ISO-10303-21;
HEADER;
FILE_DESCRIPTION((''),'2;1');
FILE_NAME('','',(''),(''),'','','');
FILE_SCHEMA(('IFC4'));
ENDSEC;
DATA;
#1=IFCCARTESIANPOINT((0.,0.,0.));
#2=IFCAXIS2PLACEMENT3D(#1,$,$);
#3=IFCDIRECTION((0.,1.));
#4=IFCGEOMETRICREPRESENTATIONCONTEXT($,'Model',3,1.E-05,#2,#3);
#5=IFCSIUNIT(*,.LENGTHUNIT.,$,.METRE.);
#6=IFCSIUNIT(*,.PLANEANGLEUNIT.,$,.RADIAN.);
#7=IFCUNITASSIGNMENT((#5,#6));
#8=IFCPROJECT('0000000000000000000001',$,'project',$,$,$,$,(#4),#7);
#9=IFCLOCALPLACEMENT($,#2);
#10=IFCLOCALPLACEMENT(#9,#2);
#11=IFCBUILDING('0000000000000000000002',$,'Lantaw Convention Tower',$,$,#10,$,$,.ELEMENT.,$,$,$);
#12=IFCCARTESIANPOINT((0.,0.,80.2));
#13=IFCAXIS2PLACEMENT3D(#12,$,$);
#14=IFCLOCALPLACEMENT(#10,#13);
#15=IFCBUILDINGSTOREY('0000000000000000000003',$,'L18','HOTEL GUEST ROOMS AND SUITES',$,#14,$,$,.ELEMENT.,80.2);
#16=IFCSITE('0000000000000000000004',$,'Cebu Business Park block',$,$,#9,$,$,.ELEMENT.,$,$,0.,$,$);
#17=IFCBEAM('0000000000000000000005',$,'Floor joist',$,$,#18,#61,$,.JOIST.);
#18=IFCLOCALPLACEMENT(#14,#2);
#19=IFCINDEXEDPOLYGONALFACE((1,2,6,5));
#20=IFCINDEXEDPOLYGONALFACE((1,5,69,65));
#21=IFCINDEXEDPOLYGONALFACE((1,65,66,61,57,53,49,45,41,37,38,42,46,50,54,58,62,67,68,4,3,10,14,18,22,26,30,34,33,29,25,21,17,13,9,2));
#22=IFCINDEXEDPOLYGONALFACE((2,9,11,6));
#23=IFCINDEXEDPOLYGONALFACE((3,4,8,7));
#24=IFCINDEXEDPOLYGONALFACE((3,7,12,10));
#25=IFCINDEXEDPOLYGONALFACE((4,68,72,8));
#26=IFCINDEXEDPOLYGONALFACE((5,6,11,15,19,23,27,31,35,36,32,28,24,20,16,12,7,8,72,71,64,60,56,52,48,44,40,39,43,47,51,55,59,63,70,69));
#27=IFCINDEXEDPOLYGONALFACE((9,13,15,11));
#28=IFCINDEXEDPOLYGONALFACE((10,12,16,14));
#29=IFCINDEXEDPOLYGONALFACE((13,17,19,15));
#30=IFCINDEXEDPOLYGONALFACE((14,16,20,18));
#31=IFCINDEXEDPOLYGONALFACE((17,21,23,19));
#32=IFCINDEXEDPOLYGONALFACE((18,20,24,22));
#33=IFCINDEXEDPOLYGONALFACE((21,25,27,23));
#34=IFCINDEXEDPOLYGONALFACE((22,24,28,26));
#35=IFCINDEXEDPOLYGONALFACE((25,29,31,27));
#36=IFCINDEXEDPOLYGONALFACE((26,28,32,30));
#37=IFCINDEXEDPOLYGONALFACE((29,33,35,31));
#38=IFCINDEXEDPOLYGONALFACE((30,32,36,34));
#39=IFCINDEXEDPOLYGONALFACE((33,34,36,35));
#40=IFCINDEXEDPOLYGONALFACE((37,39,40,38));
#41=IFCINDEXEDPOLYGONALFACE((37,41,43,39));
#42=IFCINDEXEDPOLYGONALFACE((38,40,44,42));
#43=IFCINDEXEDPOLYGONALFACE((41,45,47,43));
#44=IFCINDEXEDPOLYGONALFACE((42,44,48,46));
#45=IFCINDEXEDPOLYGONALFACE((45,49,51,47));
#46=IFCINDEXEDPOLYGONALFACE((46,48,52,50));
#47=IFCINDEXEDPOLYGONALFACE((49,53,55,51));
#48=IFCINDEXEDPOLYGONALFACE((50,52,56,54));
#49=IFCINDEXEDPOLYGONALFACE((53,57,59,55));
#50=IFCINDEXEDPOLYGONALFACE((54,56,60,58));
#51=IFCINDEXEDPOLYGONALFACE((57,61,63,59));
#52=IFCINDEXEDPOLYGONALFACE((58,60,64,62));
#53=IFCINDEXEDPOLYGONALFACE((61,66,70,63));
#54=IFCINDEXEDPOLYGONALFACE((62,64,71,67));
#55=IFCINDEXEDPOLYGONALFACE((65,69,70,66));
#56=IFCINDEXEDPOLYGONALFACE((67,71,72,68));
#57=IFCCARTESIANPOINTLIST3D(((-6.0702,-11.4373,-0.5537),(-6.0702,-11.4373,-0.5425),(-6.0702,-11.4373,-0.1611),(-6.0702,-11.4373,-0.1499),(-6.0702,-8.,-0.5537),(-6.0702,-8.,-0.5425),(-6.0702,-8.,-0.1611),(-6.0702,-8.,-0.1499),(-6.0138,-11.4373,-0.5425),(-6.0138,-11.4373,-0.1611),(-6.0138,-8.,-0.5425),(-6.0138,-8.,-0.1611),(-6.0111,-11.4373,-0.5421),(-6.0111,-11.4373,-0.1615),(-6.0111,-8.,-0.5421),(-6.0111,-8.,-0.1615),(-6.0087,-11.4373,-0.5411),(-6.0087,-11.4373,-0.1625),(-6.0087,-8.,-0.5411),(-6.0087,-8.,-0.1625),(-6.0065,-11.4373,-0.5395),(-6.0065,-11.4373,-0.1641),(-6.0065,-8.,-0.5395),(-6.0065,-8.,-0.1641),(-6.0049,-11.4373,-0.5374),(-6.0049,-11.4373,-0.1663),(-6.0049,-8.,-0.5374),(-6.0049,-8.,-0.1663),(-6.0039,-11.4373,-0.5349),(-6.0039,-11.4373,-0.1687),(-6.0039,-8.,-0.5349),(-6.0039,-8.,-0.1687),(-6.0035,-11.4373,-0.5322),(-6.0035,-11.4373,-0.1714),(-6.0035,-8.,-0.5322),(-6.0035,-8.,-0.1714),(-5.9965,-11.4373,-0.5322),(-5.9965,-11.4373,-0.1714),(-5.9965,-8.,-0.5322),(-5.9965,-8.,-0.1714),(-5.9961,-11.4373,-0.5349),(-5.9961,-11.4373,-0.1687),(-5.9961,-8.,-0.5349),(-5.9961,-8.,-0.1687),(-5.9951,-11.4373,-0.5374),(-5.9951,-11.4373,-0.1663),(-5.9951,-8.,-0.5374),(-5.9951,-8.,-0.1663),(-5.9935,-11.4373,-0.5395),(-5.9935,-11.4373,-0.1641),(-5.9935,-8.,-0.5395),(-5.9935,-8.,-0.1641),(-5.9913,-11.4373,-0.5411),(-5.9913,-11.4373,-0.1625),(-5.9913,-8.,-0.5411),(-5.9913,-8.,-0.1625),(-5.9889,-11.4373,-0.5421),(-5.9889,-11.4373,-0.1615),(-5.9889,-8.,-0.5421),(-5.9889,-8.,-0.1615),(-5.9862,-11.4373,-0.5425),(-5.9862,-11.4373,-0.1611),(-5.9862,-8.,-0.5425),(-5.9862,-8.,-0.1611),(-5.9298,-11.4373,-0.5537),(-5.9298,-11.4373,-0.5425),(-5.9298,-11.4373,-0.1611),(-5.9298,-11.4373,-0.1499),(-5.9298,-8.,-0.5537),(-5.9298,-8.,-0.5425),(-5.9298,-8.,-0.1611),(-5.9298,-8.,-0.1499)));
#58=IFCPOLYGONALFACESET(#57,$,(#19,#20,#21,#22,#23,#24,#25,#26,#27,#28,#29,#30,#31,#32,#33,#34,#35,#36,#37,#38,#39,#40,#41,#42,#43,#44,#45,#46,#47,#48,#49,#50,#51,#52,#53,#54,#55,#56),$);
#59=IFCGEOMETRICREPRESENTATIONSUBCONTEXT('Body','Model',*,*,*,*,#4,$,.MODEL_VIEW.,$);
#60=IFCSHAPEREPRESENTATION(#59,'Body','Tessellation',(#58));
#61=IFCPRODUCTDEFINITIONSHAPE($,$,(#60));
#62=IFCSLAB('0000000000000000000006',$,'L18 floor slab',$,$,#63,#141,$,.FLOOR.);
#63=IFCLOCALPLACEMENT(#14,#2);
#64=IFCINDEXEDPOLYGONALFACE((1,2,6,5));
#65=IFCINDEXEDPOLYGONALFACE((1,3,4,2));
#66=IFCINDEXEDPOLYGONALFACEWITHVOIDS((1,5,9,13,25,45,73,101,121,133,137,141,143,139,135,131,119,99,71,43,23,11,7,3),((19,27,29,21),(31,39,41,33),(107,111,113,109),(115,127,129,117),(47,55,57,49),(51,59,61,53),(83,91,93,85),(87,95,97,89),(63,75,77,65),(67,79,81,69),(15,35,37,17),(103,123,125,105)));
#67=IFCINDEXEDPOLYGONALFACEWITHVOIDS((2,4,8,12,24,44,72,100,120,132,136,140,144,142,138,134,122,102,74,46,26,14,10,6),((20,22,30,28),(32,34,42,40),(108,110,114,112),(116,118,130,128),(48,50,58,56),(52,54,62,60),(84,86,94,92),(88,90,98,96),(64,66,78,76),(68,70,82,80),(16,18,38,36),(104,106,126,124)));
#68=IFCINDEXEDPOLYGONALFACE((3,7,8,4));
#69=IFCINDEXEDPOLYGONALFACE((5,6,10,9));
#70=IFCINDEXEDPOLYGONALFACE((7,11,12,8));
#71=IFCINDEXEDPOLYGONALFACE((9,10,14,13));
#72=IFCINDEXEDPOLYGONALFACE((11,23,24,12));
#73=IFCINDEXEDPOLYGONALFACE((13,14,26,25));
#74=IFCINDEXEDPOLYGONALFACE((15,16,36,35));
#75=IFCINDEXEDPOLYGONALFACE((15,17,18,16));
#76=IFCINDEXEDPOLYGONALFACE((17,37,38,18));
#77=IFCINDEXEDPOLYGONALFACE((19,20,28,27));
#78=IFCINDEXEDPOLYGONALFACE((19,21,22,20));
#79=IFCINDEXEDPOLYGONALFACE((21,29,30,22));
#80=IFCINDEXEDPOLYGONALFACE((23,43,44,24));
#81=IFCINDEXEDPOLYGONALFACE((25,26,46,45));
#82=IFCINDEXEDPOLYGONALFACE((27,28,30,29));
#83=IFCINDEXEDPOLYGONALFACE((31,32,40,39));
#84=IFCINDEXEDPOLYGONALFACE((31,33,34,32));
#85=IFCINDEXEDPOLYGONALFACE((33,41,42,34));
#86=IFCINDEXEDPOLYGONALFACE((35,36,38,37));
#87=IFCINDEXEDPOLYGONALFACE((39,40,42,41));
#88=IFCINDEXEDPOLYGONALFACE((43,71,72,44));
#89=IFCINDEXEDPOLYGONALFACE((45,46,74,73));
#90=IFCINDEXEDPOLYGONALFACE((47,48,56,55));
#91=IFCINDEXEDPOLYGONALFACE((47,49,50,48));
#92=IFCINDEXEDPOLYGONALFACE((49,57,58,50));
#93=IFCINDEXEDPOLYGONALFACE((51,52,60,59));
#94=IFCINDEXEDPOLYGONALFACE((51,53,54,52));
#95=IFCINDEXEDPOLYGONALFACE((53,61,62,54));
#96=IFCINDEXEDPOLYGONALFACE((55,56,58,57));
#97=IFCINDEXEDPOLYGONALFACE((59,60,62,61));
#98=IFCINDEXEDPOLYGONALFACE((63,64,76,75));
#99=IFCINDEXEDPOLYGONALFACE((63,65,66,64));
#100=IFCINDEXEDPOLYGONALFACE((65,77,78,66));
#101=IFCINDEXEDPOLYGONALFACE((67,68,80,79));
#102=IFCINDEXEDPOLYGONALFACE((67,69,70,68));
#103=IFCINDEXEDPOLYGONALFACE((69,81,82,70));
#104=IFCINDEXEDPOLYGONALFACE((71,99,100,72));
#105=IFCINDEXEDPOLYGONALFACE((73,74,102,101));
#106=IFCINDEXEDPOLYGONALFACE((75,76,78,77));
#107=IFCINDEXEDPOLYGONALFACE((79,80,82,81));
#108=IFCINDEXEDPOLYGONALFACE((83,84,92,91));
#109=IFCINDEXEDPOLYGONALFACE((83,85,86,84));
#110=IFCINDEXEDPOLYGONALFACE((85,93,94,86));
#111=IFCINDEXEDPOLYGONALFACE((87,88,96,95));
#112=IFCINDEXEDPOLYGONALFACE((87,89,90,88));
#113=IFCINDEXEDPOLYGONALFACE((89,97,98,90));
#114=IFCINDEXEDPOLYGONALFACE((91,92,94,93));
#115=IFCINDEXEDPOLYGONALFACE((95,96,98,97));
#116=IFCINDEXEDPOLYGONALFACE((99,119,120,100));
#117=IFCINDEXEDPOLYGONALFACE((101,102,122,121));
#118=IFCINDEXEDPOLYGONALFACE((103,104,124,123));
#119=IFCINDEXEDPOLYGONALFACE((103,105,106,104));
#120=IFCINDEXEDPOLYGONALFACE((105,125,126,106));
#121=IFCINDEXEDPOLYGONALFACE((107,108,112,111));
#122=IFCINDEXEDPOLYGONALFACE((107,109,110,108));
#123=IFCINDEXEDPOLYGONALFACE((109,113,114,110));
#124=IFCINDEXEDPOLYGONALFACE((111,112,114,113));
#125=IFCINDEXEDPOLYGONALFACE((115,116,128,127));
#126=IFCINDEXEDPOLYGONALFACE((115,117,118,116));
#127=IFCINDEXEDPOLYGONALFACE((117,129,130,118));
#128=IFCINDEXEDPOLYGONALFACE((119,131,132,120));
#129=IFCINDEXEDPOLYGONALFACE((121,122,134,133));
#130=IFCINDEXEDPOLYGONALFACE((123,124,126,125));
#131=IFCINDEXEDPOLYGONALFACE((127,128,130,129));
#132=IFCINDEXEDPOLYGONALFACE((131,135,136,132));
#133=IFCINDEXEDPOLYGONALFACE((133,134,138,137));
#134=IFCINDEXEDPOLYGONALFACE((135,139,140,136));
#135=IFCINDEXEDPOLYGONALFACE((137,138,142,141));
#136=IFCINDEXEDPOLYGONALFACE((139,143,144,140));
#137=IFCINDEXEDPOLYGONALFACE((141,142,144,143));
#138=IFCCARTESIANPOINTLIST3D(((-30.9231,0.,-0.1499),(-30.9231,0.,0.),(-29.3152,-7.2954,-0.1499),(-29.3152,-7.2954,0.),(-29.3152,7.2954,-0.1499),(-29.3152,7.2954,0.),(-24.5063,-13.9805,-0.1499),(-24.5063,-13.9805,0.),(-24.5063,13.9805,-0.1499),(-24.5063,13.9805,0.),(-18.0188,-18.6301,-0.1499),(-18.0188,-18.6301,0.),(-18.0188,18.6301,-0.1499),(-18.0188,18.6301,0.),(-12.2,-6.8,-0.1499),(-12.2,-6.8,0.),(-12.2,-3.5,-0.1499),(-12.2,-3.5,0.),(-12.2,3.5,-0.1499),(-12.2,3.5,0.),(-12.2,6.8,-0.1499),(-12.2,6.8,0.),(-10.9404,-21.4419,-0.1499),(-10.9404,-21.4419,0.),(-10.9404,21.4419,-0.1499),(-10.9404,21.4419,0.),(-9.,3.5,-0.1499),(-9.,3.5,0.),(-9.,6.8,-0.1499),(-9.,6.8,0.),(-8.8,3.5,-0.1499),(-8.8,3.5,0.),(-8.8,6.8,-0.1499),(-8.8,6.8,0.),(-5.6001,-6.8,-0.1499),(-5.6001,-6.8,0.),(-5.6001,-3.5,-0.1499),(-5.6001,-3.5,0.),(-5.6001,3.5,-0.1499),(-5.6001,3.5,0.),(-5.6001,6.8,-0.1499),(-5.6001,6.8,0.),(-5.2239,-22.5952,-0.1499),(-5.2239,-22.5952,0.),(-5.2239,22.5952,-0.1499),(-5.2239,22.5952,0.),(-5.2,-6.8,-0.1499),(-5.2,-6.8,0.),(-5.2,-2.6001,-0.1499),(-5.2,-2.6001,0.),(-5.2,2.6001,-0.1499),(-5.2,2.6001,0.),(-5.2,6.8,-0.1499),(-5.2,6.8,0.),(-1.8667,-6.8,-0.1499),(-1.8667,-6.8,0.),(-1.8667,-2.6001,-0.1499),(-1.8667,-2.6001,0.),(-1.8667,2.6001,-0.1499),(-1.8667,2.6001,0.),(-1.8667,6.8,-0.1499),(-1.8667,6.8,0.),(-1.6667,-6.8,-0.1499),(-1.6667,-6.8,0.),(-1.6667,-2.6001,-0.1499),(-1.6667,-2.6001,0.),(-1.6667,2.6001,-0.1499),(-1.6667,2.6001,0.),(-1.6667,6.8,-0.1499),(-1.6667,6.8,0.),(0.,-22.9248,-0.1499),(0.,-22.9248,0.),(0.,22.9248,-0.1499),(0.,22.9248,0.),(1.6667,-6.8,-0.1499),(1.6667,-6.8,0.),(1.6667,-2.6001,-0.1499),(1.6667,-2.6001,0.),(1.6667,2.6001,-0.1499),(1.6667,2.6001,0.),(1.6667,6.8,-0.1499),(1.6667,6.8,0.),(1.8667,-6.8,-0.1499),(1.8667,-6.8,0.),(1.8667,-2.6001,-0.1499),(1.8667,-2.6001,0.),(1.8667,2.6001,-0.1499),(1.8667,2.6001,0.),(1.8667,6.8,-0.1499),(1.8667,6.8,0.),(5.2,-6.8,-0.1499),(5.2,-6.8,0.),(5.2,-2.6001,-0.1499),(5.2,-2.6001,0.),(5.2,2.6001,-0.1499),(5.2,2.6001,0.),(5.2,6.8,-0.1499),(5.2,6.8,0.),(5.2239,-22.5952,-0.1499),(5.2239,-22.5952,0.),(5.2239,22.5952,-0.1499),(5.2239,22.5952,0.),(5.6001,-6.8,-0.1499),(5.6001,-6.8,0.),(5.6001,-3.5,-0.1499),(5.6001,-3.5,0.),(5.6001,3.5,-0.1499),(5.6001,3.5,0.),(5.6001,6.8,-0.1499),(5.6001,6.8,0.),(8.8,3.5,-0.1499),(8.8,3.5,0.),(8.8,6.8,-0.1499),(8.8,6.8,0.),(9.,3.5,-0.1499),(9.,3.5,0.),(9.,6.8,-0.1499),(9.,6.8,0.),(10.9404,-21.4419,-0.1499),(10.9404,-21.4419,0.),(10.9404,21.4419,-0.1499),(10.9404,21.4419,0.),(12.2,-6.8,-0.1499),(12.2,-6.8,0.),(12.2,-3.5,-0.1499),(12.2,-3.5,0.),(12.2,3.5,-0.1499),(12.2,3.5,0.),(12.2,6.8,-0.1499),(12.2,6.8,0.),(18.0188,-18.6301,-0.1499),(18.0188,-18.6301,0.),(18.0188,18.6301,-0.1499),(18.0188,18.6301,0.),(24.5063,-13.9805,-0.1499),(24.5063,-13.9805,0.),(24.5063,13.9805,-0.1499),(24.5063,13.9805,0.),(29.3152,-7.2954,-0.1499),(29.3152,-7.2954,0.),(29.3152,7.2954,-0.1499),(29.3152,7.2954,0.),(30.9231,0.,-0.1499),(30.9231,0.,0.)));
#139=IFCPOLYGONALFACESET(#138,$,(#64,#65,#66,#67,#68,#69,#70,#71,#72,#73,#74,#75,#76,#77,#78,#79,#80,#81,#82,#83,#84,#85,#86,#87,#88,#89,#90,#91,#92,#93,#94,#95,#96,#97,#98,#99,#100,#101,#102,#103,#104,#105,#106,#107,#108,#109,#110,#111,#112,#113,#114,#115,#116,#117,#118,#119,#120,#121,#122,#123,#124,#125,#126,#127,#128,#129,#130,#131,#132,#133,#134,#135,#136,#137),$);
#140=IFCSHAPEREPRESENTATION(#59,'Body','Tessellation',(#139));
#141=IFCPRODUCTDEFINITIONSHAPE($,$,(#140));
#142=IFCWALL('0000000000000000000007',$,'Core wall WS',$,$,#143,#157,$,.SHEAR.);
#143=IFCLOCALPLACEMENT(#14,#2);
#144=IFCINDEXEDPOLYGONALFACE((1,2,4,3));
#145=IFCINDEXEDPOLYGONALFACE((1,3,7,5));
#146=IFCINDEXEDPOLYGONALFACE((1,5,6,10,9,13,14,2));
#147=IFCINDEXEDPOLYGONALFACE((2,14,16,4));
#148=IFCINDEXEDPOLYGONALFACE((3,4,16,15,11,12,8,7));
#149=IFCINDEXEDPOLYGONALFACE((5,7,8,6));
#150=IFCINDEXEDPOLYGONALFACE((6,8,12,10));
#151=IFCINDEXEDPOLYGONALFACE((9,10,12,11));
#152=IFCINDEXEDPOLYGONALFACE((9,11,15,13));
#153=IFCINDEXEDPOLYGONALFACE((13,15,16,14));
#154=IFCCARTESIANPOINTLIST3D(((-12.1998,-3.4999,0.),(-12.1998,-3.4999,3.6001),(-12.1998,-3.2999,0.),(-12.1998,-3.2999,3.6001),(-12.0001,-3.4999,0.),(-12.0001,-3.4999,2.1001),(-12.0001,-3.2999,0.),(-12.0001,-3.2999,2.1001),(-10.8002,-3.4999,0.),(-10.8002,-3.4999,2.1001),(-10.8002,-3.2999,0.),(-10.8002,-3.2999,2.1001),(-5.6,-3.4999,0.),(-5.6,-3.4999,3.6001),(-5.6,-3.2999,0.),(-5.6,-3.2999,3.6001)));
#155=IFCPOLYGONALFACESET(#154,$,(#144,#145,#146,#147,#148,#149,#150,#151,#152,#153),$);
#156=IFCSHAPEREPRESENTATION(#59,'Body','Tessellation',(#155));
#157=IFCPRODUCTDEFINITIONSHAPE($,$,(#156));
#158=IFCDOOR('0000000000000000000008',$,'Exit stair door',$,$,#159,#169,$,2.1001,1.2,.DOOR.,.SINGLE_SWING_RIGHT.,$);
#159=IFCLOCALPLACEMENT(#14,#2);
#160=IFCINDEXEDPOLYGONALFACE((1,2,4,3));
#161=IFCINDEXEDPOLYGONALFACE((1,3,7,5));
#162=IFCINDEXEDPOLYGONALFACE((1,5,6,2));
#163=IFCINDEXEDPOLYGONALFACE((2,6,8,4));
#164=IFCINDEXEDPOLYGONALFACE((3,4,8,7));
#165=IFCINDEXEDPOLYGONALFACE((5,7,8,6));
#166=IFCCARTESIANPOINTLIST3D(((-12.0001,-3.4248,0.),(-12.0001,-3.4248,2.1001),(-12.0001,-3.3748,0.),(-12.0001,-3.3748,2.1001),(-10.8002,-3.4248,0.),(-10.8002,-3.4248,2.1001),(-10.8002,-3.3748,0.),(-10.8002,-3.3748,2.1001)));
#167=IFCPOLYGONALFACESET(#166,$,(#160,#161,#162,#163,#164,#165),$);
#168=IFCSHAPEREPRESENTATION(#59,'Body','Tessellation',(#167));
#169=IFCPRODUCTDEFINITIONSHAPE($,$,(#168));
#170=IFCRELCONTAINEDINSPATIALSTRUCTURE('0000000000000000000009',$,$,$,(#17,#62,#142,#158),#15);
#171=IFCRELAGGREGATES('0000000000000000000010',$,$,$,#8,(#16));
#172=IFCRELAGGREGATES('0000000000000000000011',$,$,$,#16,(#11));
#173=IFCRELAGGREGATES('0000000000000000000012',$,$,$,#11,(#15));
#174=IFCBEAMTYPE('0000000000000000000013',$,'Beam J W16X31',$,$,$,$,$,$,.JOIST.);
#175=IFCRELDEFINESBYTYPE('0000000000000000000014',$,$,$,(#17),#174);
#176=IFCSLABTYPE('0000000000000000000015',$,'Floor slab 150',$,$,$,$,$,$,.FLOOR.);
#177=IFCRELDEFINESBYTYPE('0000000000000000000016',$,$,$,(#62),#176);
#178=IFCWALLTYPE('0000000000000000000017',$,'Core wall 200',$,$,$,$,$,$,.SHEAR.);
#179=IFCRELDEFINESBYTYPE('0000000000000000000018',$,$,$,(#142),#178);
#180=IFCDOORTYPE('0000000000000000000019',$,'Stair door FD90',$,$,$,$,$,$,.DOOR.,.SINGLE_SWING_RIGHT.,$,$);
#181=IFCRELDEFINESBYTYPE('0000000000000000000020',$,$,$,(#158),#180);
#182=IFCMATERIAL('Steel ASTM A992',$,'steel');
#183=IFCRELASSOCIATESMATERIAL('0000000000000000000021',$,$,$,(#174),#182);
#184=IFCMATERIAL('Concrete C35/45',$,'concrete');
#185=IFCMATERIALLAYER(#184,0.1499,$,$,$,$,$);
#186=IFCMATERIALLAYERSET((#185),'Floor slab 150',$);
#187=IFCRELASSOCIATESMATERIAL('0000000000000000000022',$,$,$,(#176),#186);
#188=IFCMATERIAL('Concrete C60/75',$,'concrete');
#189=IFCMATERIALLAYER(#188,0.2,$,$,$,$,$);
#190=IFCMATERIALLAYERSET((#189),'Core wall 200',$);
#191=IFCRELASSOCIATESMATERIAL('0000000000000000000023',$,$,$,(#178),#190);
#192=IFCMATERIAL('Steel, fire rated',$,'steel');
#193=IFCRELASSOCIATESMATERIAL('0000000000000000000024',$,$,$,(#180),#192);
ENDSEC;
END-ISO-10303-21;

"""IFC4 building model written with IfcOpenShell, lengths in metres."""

from ifc_helpers import new_model, si_unit, direction, frame, frame_2d, origin, origin_2d, place, context, subcontext, project, spatial, polyline, rectangle, i_section, outline, extrude, material, layer, layer_set, material_profile, profile_set, type_object, element, fill, save


model = new_model("IFC4")

# Units and contexts
model_context = context("Model", 3, precision=1e-05, world=origin(), true_north=direction((0.0, 1.0)))
body_context = subcontext(model_context, "Body", "Model", "MODEL_VIEW")
ifc_project = project(units=[si_unit("LENGTHUNIT", "METRE"), si_unit("PLANEANGLEUNIT", "RADIAN")], contexts=[model_context])

# Site, building, storey
site_placement = place(None, origin())
site = spatial("IfcSite", under=ifc_project, at=site_placement, Name="Cebu Business Park block", CompositionType="ELEMENT", RefElevation=0.0)
building_placement = place(site_placement, origin())
building = spatial("IfcBuilding", under=site, at=building_placement, Name="Lantaw Convention Tower", CompositionType="ELEMENT")
storey_placement = place(building_placement, frame((0.0, 0.0, 80.2)))
storey = spatial("IfcBuildingStorey", under=building, at=storey_placement, Name="L18", Description="HOTEL GUEST ROOMS AND SUITES", CompositionType="ELEMENT", Elevation=80.2)

# Beam
ifc_material_1 = material(Name="Steel ASTM A992", Category="steel")
ifc_material_profile_1 = material_profile(ifc_material_1, i_section(OverallWidth=0.1404, OverallDepth=0.4038, WebThickness=0.0071, FlangeThickness=0.0112, FilletRadius=0.0103, at=origin_2d()), Name="W16X31")
ifc_profile_set_1 = profile_set([ifc_material_profile_1], Name="Steel ASTM A992")
beam_type_1 = type_object("IfcBeamType", Name="Beam J W16X31", PredefinedType="JOIST", material=ifc_profile_set_1)
beam_1_placement = place(storey_placement, frame((-6.0, -11.4373, -0.3518), z_axis=(0.0, 1.0, 0.0), x_axis=(-1.0, 0.0, 0.0)))
element("IfcBeam", 1, at=beam_1_placement, inside=storey, type_object=beam_type_1, Name="Floor joist", PredefinedType="JOIST", context=body_context, shape_type="SweptSolid", body=[
    extrude(i_section(OverallWidth=0.1404, OverallDepth=0.4038, WebThickness=0.0071, FlangeThickness=0.0112, FilletRadius=0.0103, at=origin_2d()), origin(), (0.0, 0.0, 1.0), 3.4373),
])

# Slab
ifc_material_2 = material(Name="Concrete C35/45", Category="concrete")
ifc_layer_1 = layer(ifc_material_2, 0.1499)
ifc_layer_set_1 = layer_set([ifc_layer_1], Name="Floor slab 150")
slab_type = type_object("IfcSlabType", Name="Floor slab 150", PredefinedType="FLOOR", material=ifc_layer_set_1)
slab_placement = place(storey_placement, frame((0.0, 0.0, -0.1499)))
element("IfcSlab", 2, at=slab_placement, inside=storey, type_object=slab_type, Name="L18 floor slab", PredefinedType="FLOOR", context=body_context, shape_type="SweptSolid", body=[
    extrude(outline(polyline([(29.3152, -7.2954), (30.9231, 0.0), (29.3152, 7.2954), (24.5063, 13.9805), (18.0188, 18.6301), (10.9404, 21.4419), (5.2239, 22.5952), (0.0, 22.9248), (-5.2239, 22.5952), (-10.9404, 21.4419), (-18.0188, 18.6301), (-24.5063, 13.9805), (-29.3152, 7.2954), (-30.9231, 0.0), (-29.3152, -7.2954), (-24.5063, -13.9805), (-18.0188, -18.6301), (-10.9404, -21.4419), (-5.2239, -22.5952), (0.0, -22.9248), (5.2239, -22.5952), (10.9404, -21.4419), (18.0188, -18.6301), (24.5063, -13.9805), (29.3152, -7.2954)]), holes=[polyline([(-5.6001, -3.5), (-12.2, -3.5), (-12.2, -6.8), (-5.6001, -6.8), (-5.6001, -3.5)]), polyline([(-1.8667, -6.8), (-1.8667, -2.6001), (-5.2, -2.6001), (-5.2, -6.8), (-1.8667, -6.8)]), polyline([(-1.8667, 2.6001), (-1.8667, 6.8), (-5.2, 6.8), (-5.2, 2.6001), (-1.8667, 2.6001)]), polyline([(1.6667, 6.8), (-1.6667, 6.8), (-1.6667, 2.6001), (1.6667, 2.6001), (1.6667, 6.8)]), polyline([(-9.0, 3.5), (-9.0, 6.8), (-12.2, 6.8), (-12.2, 3.5), (-9.0, 3.5)]), polyline([(-5.6001, 3.5), (-5.6001, 6.8), (-8.8, 6.8), (-8.8, 3.5), (-5.6001, 3.5)]), polyline([(12.2, -3.5), (5.6001, -3.5), (5.6001, -6.8), (12.2, -6.8), (12.2, -3.5)]), polyline([(1.6667, -6.8), (1.6667, -2.6001), (-1.6667, -2.6001), (-1.6667, -6.8), (1.6667, -6.8)]), polyline([(5.2, -6.8), (5.2, -2.6001), (1.8667, -2.6001), (1.8667, -6.8), (5.2, -6.8)]), polyline([(5.2, 6.8), (1.8667, 6.8), (1.8667, 2.6001), (5.2, 2.6001), (5.2, 6.8)]), polyline([(8.8, 3.5), (8.8, 6.8), (5.6001, 6.8), (5.6001, 3.5), (8.8, 3.5)]), polyline([(12.2, 3.5), (12.2, 6.8), (9.0, 6.8), (9.0, 3.5), (12.2, 3.5)])]), origin(), (0.0, 0.0, 1.0), 0.1499),
])

# Wall, opening, door
ifc_material_3 = material(Name="Concrete C60/75", Category="concrete")
ifc_layer_2 = layer(ifc_material_3, 0.2)
ifc_layer_set_2 = layer_set([ifc_layer_2], Name="Core wall 200")
wall_type_1 = type_object("IfcWallType", Name="Core wall 200", PredefinedType="SHEAR", material=ifc_layer_set_2)
wall_1_placement = place(storey_placement, frame((-5.6001, -3.3999, 0.0), z_axis=(0.0, 0.0, 1.0), x_axis=(-1.0, 0.0, 0.0)))
wall_1 = element("IfcWall", 3, at=wall_1_placement, inside=storey, type_object=wall_type_1, Name="Core wall WS", PredefinedType="SHEAR", context=body_context, shape_type="SweptSolid", body=[
    extrude(rectangle(XDim=6.5999, YDim=0.2, at=frame_2d((3.2998, 0.0))), origin(), (0.0, 0.0, 1.0), 3.6001),
])
opening_1_placement = place(wall_1_placement, frame((5.2, 0.0, 0.0)))
opening_1 = element("IfcOpeningElement", 4, at=opening_1_placement, cuts=wall_1, PredefinedType="OPENING", context=body_context, shape_type="SweptSolid", body=[
    extrude(rectangle(XDim=1.2, YDim=2.1001, at=frame_2d((0.6001, 1.05))), frame((0.0, 0.1099, 0.0), z_axis=(0.0, -1.0, 0.0), x_axis=(1.0, 0.0, 0.0)), (0.0, 0.0, 1.0), 0.22),
])
ifc_material_4 = material(Name="Steel, fire rated", Category="steel")
door_type_1 = type_object("IfcDoorType", Name="Stair door FD90", OperationType="SINGLE_SWING_RIGHT", PredefinedType="DOOR", material=ifc_material_4)
door_1_placement = place(opening_1_placement, origin())
door_1 = element("IfcDoor", 5, at=door_1_placement, inside=storey, type_object=door_type_1, Name="Exit stair door", OperationType="SINGLE_SWING_RIGHT", OverallHeight=2.1001, OverallWidth=1.2, PredefinedType="DOOR", context=body_context, shape_type="SweptSolid", body=[
    extrude(rectangle(XDim=1.2, YDim=2.1001, at=frame_2d((0.6001, 1.05))), frame((0.0, 0.0249, 0.0), z_axis=(0.0, -1.0, 0.0), x_axis=(1.0, 0.0, 0.0)), (0.0, 0.0, 1.0), 0.05),
])
fill(opening_1, door_1)

save(model, "model.ifc")
